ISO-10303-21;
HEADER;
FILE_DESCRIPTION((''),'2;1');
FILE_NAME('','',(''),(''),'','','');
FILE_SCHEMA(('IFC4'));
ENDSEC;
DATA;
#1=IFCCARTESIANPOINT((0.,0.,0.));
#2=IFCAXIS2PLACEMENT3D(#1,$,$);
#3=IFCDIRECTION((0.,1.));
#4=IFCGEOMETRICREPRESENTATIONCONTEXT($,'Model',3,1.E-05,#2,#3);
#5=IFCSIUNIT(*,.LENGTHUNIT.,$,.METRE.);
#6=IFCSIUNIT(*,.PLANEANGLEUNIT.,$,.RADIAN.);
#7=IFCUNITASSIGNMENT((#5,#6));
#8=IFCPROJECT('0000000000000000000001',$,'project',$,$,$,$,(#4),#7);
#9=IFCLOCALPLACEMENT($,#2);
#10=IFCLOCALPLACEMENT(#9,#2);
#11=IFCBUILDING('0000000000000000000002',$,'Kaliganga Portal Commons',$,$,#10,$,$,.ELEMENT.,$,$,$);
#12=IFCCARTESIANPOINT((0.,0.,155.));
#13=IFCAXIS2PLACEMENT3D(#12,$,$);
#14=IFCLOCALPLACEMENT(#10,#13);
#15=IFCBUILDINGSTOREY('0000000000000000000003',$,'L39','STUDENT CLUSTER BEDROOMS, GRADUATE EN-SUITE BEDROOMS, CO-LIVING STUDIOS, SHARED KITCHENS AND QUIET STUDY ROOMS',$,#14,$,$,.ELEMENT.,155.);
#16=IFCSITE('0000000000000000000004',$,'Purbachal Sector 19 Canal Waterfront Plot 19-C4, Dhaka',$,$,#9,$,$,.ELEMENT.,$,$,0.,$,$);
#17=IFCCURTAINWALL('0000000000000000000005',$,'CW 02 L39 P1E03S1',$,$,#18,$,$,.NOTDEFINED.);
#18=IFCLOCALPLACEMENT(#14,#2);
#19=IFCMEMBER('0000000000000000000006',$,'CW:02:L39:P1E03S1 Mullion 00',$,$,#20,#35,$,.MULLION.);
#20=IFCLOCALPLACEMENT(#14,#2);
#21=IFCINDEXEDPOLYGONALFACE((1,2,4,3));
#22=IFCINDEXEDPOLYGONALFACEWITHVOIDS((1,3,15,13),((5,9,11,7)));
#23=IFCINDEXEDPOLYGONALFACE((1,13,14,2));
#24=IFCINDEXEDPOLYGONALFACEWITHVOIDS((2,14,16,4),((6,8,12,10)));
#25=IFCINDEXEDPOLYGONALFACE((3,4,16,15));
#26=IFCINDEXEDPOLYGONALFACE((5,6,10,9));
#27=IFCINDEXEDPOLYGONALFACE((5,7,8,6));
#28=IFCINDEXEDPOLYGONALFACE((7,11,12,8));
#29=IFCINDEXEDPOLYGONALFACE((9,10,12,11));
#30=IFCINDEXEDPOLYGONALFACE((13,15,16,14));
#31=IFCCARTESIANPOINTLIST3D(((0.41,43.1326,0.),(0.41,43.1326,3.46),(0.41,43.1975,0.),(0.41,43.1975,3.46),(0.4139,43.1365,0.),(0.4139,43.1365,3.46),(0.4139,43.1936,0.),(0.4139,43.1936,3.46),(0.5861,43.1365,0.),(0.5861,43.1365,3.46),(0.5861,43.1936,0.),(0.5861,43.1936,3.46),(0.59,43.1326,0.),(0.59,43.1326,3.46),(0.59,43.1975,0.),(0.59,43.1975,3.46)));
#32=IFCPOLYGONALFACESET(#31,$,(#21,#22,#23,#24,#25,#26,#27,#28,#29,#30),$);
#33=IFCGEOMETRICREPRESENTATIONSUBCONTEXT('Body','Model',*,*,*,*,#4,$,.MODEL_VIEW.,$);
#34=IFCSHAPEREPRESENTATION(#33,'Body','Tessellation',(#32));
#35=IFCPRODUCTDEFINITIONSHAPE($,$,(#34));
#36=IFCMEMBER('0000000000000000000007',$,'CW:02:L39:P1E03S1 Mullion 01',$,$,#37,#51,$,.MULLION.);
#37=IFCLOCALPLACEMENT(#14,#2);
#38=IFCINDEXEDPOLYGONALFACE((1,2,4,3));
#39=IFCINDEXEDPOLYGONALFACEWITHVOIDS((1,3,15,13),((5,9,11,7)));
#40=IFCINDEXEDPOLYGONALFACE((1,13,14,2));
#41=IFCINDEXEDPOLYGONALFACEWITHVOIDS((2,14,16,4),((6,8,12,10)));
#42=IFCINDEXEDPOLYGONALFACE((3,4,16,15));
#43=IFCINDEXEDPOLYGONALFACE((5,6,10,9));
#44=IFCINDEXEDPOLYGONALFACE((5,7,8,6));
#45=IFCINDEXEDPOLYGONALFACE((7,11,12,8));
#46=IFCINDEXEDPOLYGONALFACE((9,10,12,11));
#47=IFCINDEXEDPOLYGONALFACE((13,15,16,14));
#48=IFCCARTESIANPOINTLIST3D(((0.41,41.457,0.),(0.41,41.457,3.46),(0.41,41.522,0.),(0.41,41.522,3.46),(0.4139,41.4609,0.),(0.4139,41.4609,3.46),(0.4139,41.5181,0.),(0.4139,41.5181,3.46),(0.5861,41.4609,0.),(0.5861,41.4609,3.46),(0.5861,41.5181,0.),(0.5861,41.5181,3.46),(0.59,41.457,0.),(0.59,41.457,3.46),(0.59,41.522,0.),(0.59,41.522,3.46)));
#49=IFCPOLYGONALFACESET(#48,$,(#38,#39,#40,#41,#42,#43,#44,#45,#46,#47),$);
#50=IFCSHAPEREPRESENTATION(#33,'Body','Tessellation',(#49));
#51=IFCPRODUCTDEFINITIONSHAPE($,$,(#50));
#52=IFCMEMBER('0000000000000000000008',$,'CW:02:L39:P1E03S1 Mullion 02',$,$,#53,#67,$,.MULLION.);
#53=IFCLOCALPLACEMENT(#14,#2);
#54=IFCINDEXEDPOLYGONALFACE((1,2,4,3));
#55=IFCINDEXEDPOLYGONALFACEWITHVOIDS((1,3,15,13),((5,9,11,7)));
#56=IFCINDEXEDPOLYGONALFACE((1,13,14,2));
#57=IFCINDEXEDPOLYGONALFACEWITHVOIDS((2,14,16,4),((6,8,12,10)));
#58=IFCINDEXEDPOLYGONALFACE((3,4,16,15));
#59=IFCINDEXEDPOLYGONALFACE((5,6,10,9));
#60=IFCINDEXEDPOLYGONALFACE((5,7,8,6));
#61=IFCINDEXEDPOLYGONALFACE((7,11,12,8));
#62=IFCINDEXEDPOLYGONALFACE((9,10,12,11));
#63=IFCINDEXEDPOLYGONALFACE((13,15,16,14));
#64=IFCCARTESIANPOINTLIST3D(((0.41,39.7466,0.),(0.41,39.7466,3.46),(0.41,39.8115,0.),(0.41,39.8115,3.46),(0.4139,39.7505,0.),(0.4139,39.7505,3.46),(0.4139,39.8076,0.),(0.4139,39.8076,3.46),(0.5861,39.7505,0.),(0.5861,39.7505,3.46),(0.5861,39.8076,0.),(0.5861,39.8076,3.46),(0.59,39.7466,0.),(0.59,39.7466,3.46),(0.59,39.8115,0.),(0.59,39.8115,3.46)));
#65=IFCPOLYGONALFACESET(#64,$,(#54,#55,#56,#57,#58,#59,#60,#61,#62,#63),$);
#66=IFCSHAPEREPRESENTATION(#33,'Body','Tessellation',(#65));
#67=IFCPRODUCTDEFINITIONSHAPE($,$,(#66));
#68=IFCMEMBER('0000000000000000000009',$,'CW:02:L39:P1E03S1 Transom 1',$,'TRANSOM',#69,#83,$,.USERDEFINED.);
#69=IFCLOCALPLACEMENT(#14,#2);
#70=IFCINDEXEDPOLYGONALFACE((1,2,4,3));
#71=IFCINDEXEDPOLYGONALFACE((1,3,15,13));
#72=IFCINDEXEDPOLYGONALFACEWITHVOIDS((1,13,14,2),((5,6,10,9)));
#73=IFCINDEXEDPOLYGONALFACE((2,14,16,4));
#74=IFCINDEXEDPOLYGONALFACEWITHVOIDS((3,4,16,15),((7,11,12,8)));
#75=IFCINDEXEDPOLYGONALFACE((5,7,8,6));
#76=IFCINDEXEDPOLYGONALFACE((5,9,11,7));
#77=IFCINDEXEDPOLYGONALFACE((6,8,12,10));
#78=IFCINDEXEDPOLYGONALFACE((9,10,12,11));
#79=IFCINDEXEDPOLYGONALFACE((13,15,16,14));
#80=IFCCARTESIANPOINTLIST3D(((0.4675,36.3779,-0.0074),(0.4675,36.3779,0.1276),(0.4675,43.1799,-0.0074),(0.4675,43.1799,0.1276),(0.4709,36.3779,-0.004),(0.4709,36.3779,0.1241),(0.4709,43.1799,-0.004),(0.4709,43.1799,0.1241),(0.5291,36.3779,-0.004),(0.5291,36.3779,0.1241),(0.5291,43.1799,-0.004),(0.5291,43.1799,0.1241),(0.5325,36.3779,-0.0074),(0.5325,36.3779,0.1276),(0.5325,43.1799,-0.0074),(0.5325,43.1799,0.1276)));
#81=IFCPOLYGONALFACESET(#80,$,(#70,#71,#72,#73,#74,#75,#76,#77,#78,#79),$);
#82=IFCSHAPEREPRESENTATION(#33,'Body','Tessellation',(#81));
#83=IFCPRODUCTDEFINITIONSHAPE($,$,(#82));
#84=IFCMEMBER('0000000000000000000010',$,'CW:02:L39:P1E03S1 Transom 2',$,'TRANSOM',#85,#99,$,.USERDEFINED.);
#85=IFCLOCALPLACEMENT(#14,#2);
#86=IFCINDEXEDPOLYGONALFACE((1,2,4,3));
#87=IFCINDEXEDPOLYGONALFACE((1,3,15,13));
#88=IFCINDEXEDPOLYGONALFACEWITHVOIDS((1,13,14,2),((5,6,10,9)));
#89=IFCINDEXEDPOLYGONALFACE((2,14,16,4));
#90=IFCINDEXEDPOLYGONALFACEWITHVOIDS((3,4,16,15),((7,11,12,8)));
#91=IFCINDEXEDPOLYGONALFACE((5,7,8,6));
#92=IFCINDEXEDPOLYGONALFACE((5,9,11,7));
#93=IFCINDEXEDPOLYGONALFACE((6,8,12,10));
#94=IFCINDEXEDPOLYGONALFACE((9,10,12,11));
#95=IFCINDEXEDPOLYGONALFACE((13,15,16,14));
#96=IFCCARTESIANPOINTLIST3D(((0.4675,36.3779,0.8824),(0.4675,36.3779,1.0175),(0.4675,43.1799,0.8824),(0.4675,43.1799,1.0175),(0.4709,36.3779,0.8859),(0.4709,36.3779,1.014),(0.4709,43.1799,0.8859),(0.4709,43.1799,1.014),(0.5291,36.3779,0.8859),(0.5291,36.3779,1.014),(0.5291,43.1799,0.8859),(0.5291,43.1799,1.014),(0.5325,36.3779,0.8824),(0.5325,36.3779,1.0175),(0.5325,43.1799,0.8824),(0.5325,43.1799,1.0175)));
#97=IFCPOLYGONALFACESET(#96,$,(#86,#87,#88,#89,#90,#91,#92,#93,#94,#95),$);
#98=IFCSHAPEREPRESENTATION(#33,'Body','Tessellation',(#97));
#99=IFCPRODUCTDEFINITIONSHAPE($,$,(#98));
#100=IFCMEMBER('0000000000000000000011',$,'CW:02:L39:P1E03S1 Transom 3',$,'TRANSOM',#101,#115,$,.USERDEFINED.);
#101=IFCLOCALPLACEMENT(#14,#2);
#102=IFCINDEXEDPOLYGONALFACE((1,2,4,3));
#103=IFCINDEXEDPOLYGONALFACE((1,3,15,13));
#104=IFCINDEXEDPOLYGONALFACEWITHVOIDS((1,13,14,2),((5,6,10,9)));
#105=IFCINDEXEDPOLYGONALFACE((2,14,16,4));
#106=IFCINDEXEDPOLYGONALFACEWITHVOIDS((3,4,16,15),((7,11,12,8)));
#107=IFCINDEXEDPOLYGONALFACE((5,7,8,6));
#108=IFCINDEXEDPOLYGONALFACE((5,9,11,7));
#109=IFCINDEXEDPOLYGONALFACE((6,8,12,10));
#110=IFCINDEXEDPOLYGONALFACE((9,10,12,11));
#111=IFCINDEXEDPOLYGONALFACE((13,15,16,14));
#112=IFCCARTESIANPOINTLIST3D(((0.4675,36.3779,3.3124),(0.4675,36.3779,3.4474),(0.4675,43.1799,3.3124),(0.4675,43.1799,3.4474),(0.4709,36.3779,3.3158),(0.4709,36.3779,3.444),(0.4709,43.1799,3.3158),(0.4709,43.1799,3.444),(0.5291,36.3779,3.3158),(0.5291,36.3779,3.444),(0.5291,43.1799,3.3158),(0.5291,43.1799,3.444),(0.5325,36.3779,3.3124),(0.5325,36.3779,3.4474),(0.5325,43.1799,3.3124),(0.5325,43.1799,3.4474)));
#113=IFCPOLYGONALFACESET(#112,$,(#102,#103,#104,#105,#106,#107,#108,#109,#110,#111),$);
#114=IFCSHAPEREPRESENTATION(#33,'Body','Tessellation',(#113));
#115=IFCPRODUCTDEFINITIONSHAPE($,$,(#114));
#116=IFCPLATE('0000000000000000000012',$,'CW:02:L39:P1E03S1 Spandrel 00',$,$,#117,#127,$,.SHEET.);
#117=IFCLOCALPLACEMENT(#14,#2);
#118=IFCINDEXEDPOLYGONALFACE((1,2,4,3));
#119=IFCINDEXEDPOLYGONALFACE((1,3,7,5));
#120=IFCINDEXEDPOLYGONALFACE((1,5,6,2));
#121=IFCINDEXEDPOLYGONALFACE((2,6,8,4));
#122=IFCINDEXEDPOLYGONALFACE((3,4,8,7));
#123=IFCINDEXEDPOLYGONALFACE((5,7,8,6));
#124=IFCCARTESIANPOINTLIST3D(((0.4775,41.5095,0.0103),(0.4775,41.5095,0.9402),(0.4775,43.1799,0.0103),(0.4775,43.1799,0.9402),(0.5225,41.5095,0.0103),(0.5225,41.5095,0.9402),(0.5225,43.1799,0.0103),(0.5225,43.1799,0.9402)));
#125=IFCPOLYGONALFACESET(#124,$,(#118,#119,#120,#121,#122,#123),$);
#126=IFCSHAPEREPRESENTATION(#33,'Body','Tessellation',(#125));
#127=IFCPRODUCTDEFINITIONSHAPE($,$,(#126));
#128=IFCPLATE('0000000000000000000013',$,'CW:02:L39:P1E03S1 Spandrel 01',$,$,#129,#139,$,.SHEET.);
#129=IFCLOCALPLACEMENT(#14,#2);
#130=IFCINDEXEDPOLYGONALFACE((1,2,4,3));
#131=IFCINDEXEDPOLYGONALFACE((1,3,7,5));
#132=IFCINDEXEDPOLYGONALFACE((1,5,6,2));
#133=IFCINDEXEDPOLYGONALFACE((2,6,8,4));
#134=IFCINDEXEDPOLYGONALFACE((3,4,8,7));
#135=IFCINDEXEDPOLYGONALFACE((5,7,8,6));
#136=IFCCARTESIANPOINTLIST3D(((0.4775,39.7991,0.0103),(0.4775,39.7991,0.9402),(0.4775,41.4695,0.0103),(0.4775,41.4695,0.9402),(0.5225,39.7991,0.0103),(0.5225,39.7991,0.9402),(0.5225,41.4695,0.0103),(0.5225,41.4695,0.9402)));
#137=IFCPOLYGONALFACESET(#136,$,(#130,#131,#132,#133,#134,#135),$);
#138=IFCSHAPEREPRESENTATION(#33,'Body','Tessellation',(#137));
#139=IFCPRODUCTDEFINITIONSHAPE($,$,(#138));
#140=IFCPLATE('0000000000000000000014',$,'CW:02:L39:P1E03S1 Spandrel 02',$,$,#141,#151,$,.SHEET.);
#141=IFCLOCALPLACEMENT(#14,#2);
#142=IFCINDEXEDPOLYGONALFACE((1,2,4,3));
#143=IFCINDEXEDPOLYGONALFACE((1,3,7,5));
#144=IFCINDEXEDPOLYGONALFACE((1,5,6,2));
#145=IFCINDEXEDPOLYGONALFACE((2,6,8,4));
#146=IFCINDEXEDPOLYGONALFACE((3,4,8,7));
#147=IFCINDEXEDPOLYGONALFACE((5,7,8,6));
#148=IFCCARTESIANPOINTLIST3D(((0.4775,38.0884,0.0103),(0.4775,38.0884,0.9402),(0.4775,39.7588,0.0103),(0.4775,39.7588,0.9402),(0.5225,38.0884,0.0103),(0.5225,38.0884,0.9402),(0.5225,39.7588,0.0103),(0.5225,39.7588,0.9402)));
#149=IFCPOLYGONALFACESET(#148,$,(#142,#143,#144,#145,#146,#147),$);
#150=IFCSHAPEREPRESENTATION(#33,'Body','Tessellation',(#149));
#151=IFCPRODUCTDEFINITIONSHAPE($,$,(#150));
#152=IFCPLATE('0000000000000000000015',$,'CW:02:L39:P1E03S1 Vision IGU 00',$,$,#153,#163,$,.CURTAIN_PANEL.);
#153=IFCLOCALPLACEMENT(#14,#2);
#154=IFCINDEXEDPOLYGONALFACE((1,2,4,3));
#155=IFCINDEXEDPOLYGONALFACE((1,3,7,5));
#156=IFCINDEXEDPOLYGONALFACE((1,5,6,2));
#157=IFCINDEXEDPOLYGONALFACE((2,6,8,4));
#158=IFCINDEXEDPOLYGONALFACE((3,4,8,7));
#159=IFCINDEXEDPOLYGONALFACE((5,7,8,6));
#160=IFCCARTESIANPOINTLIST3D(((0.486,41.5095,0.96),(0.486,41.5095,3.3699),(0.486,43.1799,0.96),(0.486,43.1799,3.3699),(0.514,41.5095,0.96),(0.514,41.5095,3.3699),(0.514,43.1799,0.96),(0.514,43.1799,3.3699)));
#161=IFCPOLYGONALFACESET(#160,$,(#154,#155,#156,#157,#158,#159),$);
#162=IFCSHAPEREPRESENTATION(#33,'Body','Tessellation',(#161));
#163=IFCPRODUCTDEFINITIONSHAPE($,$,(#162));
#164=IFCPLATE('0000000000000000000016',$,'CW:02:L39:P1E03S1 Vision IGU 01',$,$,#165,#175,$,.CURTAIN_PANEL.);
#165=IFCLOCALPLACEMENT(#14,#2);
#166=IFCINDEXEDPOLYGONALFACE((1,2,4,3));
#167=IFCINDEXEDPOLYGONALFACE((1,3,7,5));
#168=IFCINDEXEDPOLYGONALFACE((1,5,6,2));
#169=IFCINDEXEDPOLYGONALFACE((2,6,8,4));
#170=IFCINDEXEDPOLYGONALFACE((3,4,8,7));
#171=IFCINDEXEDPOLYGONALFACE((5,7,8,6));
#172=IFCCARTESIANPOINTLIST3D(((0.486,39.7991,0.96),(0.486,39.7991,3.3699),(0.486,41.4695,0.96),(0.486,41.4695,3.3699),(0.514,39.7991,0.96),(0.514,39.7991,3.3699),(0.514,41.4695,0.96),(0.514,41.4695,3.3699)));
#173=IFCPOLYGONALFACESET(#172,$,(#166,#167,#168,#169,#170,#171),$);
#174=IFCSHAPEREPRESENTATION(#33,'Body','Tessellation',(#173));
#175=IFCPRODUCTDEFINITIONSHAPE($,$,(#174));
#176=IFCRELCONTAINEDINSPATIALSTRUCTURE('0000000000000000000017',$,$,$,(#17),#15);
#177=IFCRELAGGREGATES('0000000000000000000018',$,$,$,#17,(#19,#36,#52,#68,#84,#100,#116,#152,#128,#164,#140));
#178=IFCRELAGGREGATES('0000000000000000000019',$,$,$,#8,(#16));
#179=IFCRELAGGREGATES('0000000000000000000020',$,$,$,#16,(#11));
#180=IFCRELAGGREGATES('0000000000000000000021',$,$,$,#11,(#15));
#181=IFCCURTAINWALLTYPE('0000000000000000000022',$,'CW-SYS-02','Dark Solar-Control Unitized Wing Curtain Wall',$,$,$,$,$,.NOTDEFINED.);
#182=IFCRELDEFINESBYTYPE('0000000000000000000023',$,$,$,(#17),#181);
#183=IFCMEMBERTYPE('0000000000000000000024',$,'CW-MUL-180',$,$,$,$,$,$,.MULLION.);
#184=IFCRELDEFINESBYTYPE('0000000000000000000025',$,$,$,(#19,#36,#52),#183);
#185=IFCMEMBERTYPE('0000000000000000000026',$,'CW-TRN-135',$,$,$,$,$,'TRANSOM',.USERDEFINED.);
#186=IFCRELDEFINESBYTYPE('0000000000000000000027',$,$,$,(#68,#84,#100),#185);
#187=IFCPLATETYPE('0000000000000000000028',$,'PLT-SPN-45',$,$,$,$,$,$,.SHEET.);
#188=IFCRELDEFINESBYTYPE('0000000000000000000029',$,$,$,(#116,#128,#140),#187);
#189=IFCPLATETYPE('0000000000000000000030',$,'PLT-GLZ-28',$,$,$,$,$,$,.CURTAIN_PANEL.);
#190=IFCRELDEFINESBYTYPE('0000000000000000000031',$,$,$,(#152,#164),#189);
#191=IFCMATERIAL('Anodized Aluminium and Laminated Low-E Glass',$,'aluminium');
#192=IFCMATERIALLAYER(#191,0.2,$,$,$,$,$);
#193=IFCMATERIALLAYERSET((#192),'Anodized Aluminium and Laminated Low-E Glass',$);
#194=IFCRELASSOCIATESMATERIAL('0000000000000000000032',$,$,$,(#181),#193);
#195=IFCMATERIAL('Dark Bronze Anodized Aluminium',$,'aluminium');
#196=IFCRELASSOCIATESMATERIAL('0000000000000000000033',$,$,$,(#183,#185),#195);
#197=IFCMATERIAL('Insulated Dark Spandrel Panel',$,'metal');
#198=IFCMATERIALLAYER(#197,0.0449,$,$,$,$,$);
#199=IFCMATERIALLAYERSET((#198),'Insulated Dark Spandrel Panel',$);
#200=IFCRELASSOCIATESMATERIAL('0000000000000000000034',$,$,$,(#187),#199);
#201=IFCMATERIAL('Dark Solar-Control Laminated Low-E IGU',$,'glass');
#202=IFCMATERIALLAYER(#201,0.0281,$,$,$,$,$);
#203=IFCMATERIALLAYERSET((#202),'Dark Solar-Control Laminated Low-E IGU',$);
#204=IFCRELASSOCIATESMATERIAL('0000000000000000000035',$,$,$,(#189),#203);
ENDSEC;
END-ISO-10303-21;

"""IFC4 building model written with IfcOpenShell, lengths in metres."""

from ifc_helpers import new_model, si_unit, direction, frame, origin, origin_2d, place, context, subcontext, project, spatial, rectangle, hollow_rectangle, extrude, source, transform, mapped, material, layer, layer_set, material_profile, profile_set, type_object, element, aggregate, save


model = new_model("IFC4")

# Units and contexts
model_context = context("Model", 3, precision=1e-05, world=origin(), true_north=direction((0.0, 1.0)))
body_context = subcontext(model_context, "Body", "Model", "MODEL_VIEW")
ifc_project = project(units=[si_unit("LENGTHUNIT", "METRE"), si_unit("PLANEANGLEUNIT", "RADIAN")], contexts=[model_context])

# Site, building, storey
site_placement = place(None, origin())
site = spatial("IfcSite", under=ifc_project, at=site_placement, Name="Purbachal Sector 19 Canal Waterfront Plot 19-C4, Dhaka", CompositionType="ELEMENT", RefElevation=0.0)
building_placement = place(site_placement, origin())
building = spatial("IfcBuilding", under=site, at=building_placement, Name="Kaliganga Portal Commons", CompositionType="ELEMENT")
storey_placement = place(building_placement, frame((0.0, 0.0, 155.0)))
storey = spatial("IfcBuildingStorey", under=building, at=storey_placement, Name="L39", Description="STUDENT CLUSTER BEDROOMS, GRADUATE EN-SUITE BEDROOMS, CO-LIVING STUDIOS, SHARED KITCHENS AND QUIET STUDY ROOMS", CompositionType="ELEMENT", Elevation=155.0)

# Curtain wall, members, plates
ifc_material_1 = material(Name="Anodized Aluminium and Laminated Low-E Glass", Category="aluminium")
ifc_layer_1 = layer(ifc_material_1, 0.2)
ifc_layer_set_1 = layer_set([ifc_layer_1], Name="Anodized Aluminium and Laminated Low-E Glass")
curtain_wall_type = type_object("IfcCurtainWallType", Name="CW-SYS-02", Description="Dark Solar-Control Unitized Wing Curtain Wall", PredefinedType="NOTDEFINED", material=ifc_layer_set_1)
curtain_wall_placement = place(storey_placement, origin())
curtain_wall = element("IfcCurtainWall", 1, at=curtain_wall_placement, inside=storey, type_object=curtain_wall_type, Name="CW 02 L39 P1E03S1", PredefinedType="NOTDEFINED")
ifc_material_2 = material(Name="Dark Bronze Anodized Aluminium", Category="aluminium")
ifc_material_profile_1 = material_profile(ifc_material_2, hollow_rectangle(XDim=0.0649, YDim=0.1799, WallThickness=0.0039, at=origin_2d()), Name="ALU MULL 65x180x4")
ifc_profile_set_1 = profile_set([ifc_material_profile_1], Name="Dark Bronze Anodized Aluminium")
member_type_1 = type_object("IfcMemberType", Name="CW-MUL-180", PredefinedType="MULLION", material=ifc_profile_set_1)
shared_shape_1 = source(origin(), body_context, "Body", "SweptSolid", [
    extrude(hollow_rectangle(XDim=0.0649, YDim=0.1799, WallThickness=0.0039, at=origin_2d()), origin(), (0.0, 0.0, 1.0), 3.46),
])
member_1_placement = place(storey_placement, frame((0.5, 43.165, 0.0), z_axis=(0.0, 0.0, 1.0), x_axis=(0.0, -1.0, 0.0)))
member_1 = element("IfcMember", 2, at=member_1_placement, type_object=member_type_1, Name="CW:02:L39:P1E03S1 Mullion 00", PredefinedType="MULLION", context=body_context, shape_type="MappedRepresentation", body=[
    mapped(shared_shape_1, transform((0.0, 0.0, 0.0), x_axis=(1.0, 0.0, 0.0), y_axis=(0.0, 1.0, 0.0), z_axis=(0.0, 0.0, 1.0), scale=1.0)),
])
member_2_placement = place(storey_placement, frame((0.5, 41.4895, 0.0), z_axis=(0.0, 0.0, 1.0), x_axis=(0.0, -1.0, 0.0)))
member_2 = element("IfcMember", 3, at=member_2_placement, type_object=member_type_1, Name="CW:02:L39:P1E03S1 Mullion 01", PredefinedType="MULLION", context=body_context, shape_type="MappedRepresentation", body=[
    mapped(shared_shape_1, transform((0.0, 0.0, 0.0), x_axis=(1.0, 0.0, 0.0), y_axis=(0.0, 1.0, 0.0), z_axis=(0.0, 0.0, 1.0), scale=1.0)),
])
member_3_placement = place(storey_placement, frame((0.5, 39.7791, 0.0), z_axis=(0.0, 0.0, 1.0), x_axis=(0.0, -1.0, 0.0)))
member_3 = element("IfcMember", 4, at=member_3_placement, type_object=member_type_1, Name="CW:02:L39:P1E03S1 Mullion 02", PredefinedType="MULLION", context=body_context, shape_type="MappedRepresentation", body=[
    mapped(shared_shape_1, transform((0.0, 0.0, 0.0), x_axis=(1.0, 0.0, 0.0), y_axis=(0.0, 1.0, 0.0), z_axis=(0.0, 0.0, 1.0), scale=1.0)),
])
ifc_material_profile_2 = material_profile(ifc_material_2, hollow_rectangle(XDim=0.0649, YDim=0.135, WallThickness=0.0034, at=origin_2d()), Name="ALU TRAN 65x135x3.5")
ifc_profile_set_2 = profile_set([ifc_material_profile_2], Name="Dark Bronze Anodized Aluminium")
member_type_2 = type_object("IfcMemberType", Name="CW-TRN-135", ElementType="TRANSOM", PredefinedType="USERDEFINED", material=ifc_profile_set_2)
shared_shape_2 = source(origin(), body_context, "Body", "SweptSolid", [
    extrude(hollow_rectangle(XDim=0.0649, YDim=0.135, WallThickness=0.0034, at=origin_2d()), origin(), (0.0, 0.0, 1.0), 6.802),
])
member_4_placement = place(storey_placement, frame((0.5, 43.1799, 0.0601), z_axis=(0.0, -1.0, 0.0), x_axis=(1.0, 0.0, 0.0)))
member_4 = element("IfcMember", 5, at=member_4_placement, type_object=member_type_2, Name="CW:02:L39:P1E03S1 Transom 1", ObjectType="TRANSOM", PredefinedType="USERDEFINED", context=body_context, shape_type="MappedRepresentation", body=[
    mapped(shared_shape_2, transform((0.0, 0.0, 0.0), x_axis=(1.0, 0.0, 0.0), y_axis=(0.0, 1.0, 0.0), z_axis=(0.0, 0.0, 1.0), scale=1.0)),
])
member_5_placement = place(storey_placement, frame((0.5, 43.1799, 0.95), z_axis=(0.0, -1.0, 0.0), x_axis=(1.0, 0.0, 0.0)))
member_5 = element("IfcMember", 6, at=member_5_placement, type_object=member_type_2, Name="CW:02:L39:P1E03S1 Transom 2", ObjectType="TRANSOM", PredefinedType="USERDEFINED", context=body_context, shape_type="MappedRepresentation", body=[
    mapped(shared_shape_2, transform((0.0, 0.0, 0.0), x_axis=(1.0, 0.0, 0.0), y_axis=(0.0, 1.0, 0.0), z_axis=(0.0, 0.0, 1.0), scale=1.0)),
])
member_6_placement = place(storey_placement, frame((0.5, 43.1799, 3.3799), z_axis=(0.0, -1.0, 0.0), x_axis=(1.0, 0.0, 0.0)))
member_6 = element("IfcMember", 7, at=member_6_placement, type_object=member_type_2, Name="CW:02:L39:P1E03S1 Transom 3", ObjectType="TRANSOM", PredefinedType="USERDEFINED", context=body_context, shape_type="MappedRepresentation", body=[
    mapped(shared_shape_2, transform((0.0, 0.0, 0.0), x_axis=(1.0, 0.0, 0.0), y_axis=(0.0, 1.0, 0.0), z_axis=(0.0, 0.0, 1.0), scale=1.0)),
])
ifc_material_3 = material(Name="Insulated Dark Spandrel Panel", Category="metal")
ifc_layer_2 = layer(ifc_material_3, 0.0449)
ifc_layer_set_2 = layer_set([ifc_layer_2], Name="Insulated Dark Spandrel Panel")
plate_type_1 = type_object("IfcPlateType", Name="PLT-SPN-45", PredefinedType="SHEET", material=ifc_layer_set_2)
shared_shape_3 = source(origin(), body_context, "Body", "SweptSolid", [
    extrude(rectangle(XDim=1.6704, YDim=0.0449, at=origin_2d()), origin(), (0.0, 0.0, 1.0), 0.9299),
])
plate_1_placement = place(storey_placement, frame((0.5, 42.3447, 0.0103), z_axis=(0.0, 0.0, 1.0), x_axis=(0.0, -1.0, 0.0)))
plate_1 = element("IfcPlate", 8, at=plate_1_placement, type_object=plate_type_1, Name="CW:02:L39:P1E03S1 Spandrel 00", PredefinedType="SHEET", context=body_context, shape_type="MappedRepresentation", body=[
    mapped(shared_shape_3, transform((0.0, 0.0, 0.0), x_axis=(1.0, 0.0, 0.0), y_axis=(0.0, 1.0, 0.0), z_axis=(0.0, 0.0, 1.0), scale=1.0)),
])
plate_2_placement = place(storey_placement, frame((0.5, 40.6343, 0.0103), z_axis=(0.0, 0.0, 1.0), x_axis=(0.0, -1.0, 0.0)))
plate_2 = element("IfcPlate", 9, at=plate_2_placement, type_object=plate_type_1, Name="CW:02:L39:P1E03S1 Spandrel 01", PredefinedType="SHEET", context=body_context, shape_type="MappedRepresentation", body=[
    mapped(shared_shape_3, transform((0.0, 0.0, 0.0), x_axis=(1.0, 0.0, 0.0), y_axis=(0.0, 1.0, 0.0), z_axis=(0.0, 0.0, 1.0), scale=1.0)),
])
plate_3_placement = place(storey_placement, frame((0.5, 38.9236, 0.0103), z_axis=(0.0, 0.0, 1.0), x_axis=(0.0, -1.0, 0.0)))
plate_3 = element("IfcPlate", 10, at=plate_3_placement, type_object=plate_type_1, Name="CW:02:L39:P1E03S1 Spandrel 02", PredefinedType="SHEET", context=body_context, shape_type="MappedRepresentation", body=[
    mapped(shared_shape_3, transform((0.0, 0.0, 0.0), x_axis=(1.0, 0.0, 0.0), y_axis=(0.0, 1.0, 0.0), z_axis=(0.0, 0.0, 1.0), scale=1.0)),
])
ifc_material_4 = material(Name="Dark Solar-Control Laminated Low-E IGU", Category="glass")
ifc_layer_3 = layer(ifc_material_4, 0.0281)
ifc_layer_set_3 = layer_set([ifc_layer_3], Name="Dark Solar-Control Laminated Low-E IGU")
plate_type_2 = type_object("IfcPlateType", Name="PLT-GLZ-28", PredefinedType="CURTAIN_PANEL", material=ifc_layer_set_3)
shared_shape_4 = source(origin(), body_context, "Body", "SweptSolid", [
    extrude(rectangle(XDim=1.6704, YDim=0.0281, at=origin_2d()), origin(), (0.0, 0.0, 1.0), 2.4099),
])
plate_4_placement = place(storey_placement, frame((0.5, 42.3447, 0.96), z_axis=(0.0, 0.0, 1.0), x_axis=(0.0, -1.0, 0.0)))
plate_4 = element("IfcPlate", 11, at=plate_4_placement, type_object=plate_type_2, Name="CW:02:L39:P1E03S1 Vision IGU 00", PredefinedType="CURTAIN_PANEL", context=body_context, shape_type="MappedRepresentation", body=[
    mapped(shared_shape_4, transform((0.0, 0.0, 0.0), x_axis=(1.0, 0.0, 0.0), y_axis=(0.0, 1.0, 0.0), z_axis=(0.0, 0.0, 1.0), scale=1.0)),
])
plate_5_placement = place(storey_placement, frame((0.5, 40.6343, 0.96), z_axis=(0.0, 0.0, 1.0), x_axis=(0.0, -1.0, 0.0)))
plate_5 = element("IfcPlate", 12, at=plate_5_placement, type_object=plate_type_2, Name="CW:02:L39:P1E03S1 Vision IGU 01", PredefinedType="CURTAIN_PANEL", context=body_context, shape_type="MappedRepresentation", body=[
    mapped(shared_shape_4, transform((0.0, 0.0, 0.0), x_axis=(1.0, 0.0, 0.0), y_axis=(0.0, 1.0, 0.0), z_axis=(0.0, 0.0, 1.0), scale=1.0)),
])
aggregate(curtain_wall, [member_1, member_2, member_3, member_4, member_5, member_6, plate_1, plate_4, plate_2, plate_5, plate_3])

save(model, "model.ifc")
